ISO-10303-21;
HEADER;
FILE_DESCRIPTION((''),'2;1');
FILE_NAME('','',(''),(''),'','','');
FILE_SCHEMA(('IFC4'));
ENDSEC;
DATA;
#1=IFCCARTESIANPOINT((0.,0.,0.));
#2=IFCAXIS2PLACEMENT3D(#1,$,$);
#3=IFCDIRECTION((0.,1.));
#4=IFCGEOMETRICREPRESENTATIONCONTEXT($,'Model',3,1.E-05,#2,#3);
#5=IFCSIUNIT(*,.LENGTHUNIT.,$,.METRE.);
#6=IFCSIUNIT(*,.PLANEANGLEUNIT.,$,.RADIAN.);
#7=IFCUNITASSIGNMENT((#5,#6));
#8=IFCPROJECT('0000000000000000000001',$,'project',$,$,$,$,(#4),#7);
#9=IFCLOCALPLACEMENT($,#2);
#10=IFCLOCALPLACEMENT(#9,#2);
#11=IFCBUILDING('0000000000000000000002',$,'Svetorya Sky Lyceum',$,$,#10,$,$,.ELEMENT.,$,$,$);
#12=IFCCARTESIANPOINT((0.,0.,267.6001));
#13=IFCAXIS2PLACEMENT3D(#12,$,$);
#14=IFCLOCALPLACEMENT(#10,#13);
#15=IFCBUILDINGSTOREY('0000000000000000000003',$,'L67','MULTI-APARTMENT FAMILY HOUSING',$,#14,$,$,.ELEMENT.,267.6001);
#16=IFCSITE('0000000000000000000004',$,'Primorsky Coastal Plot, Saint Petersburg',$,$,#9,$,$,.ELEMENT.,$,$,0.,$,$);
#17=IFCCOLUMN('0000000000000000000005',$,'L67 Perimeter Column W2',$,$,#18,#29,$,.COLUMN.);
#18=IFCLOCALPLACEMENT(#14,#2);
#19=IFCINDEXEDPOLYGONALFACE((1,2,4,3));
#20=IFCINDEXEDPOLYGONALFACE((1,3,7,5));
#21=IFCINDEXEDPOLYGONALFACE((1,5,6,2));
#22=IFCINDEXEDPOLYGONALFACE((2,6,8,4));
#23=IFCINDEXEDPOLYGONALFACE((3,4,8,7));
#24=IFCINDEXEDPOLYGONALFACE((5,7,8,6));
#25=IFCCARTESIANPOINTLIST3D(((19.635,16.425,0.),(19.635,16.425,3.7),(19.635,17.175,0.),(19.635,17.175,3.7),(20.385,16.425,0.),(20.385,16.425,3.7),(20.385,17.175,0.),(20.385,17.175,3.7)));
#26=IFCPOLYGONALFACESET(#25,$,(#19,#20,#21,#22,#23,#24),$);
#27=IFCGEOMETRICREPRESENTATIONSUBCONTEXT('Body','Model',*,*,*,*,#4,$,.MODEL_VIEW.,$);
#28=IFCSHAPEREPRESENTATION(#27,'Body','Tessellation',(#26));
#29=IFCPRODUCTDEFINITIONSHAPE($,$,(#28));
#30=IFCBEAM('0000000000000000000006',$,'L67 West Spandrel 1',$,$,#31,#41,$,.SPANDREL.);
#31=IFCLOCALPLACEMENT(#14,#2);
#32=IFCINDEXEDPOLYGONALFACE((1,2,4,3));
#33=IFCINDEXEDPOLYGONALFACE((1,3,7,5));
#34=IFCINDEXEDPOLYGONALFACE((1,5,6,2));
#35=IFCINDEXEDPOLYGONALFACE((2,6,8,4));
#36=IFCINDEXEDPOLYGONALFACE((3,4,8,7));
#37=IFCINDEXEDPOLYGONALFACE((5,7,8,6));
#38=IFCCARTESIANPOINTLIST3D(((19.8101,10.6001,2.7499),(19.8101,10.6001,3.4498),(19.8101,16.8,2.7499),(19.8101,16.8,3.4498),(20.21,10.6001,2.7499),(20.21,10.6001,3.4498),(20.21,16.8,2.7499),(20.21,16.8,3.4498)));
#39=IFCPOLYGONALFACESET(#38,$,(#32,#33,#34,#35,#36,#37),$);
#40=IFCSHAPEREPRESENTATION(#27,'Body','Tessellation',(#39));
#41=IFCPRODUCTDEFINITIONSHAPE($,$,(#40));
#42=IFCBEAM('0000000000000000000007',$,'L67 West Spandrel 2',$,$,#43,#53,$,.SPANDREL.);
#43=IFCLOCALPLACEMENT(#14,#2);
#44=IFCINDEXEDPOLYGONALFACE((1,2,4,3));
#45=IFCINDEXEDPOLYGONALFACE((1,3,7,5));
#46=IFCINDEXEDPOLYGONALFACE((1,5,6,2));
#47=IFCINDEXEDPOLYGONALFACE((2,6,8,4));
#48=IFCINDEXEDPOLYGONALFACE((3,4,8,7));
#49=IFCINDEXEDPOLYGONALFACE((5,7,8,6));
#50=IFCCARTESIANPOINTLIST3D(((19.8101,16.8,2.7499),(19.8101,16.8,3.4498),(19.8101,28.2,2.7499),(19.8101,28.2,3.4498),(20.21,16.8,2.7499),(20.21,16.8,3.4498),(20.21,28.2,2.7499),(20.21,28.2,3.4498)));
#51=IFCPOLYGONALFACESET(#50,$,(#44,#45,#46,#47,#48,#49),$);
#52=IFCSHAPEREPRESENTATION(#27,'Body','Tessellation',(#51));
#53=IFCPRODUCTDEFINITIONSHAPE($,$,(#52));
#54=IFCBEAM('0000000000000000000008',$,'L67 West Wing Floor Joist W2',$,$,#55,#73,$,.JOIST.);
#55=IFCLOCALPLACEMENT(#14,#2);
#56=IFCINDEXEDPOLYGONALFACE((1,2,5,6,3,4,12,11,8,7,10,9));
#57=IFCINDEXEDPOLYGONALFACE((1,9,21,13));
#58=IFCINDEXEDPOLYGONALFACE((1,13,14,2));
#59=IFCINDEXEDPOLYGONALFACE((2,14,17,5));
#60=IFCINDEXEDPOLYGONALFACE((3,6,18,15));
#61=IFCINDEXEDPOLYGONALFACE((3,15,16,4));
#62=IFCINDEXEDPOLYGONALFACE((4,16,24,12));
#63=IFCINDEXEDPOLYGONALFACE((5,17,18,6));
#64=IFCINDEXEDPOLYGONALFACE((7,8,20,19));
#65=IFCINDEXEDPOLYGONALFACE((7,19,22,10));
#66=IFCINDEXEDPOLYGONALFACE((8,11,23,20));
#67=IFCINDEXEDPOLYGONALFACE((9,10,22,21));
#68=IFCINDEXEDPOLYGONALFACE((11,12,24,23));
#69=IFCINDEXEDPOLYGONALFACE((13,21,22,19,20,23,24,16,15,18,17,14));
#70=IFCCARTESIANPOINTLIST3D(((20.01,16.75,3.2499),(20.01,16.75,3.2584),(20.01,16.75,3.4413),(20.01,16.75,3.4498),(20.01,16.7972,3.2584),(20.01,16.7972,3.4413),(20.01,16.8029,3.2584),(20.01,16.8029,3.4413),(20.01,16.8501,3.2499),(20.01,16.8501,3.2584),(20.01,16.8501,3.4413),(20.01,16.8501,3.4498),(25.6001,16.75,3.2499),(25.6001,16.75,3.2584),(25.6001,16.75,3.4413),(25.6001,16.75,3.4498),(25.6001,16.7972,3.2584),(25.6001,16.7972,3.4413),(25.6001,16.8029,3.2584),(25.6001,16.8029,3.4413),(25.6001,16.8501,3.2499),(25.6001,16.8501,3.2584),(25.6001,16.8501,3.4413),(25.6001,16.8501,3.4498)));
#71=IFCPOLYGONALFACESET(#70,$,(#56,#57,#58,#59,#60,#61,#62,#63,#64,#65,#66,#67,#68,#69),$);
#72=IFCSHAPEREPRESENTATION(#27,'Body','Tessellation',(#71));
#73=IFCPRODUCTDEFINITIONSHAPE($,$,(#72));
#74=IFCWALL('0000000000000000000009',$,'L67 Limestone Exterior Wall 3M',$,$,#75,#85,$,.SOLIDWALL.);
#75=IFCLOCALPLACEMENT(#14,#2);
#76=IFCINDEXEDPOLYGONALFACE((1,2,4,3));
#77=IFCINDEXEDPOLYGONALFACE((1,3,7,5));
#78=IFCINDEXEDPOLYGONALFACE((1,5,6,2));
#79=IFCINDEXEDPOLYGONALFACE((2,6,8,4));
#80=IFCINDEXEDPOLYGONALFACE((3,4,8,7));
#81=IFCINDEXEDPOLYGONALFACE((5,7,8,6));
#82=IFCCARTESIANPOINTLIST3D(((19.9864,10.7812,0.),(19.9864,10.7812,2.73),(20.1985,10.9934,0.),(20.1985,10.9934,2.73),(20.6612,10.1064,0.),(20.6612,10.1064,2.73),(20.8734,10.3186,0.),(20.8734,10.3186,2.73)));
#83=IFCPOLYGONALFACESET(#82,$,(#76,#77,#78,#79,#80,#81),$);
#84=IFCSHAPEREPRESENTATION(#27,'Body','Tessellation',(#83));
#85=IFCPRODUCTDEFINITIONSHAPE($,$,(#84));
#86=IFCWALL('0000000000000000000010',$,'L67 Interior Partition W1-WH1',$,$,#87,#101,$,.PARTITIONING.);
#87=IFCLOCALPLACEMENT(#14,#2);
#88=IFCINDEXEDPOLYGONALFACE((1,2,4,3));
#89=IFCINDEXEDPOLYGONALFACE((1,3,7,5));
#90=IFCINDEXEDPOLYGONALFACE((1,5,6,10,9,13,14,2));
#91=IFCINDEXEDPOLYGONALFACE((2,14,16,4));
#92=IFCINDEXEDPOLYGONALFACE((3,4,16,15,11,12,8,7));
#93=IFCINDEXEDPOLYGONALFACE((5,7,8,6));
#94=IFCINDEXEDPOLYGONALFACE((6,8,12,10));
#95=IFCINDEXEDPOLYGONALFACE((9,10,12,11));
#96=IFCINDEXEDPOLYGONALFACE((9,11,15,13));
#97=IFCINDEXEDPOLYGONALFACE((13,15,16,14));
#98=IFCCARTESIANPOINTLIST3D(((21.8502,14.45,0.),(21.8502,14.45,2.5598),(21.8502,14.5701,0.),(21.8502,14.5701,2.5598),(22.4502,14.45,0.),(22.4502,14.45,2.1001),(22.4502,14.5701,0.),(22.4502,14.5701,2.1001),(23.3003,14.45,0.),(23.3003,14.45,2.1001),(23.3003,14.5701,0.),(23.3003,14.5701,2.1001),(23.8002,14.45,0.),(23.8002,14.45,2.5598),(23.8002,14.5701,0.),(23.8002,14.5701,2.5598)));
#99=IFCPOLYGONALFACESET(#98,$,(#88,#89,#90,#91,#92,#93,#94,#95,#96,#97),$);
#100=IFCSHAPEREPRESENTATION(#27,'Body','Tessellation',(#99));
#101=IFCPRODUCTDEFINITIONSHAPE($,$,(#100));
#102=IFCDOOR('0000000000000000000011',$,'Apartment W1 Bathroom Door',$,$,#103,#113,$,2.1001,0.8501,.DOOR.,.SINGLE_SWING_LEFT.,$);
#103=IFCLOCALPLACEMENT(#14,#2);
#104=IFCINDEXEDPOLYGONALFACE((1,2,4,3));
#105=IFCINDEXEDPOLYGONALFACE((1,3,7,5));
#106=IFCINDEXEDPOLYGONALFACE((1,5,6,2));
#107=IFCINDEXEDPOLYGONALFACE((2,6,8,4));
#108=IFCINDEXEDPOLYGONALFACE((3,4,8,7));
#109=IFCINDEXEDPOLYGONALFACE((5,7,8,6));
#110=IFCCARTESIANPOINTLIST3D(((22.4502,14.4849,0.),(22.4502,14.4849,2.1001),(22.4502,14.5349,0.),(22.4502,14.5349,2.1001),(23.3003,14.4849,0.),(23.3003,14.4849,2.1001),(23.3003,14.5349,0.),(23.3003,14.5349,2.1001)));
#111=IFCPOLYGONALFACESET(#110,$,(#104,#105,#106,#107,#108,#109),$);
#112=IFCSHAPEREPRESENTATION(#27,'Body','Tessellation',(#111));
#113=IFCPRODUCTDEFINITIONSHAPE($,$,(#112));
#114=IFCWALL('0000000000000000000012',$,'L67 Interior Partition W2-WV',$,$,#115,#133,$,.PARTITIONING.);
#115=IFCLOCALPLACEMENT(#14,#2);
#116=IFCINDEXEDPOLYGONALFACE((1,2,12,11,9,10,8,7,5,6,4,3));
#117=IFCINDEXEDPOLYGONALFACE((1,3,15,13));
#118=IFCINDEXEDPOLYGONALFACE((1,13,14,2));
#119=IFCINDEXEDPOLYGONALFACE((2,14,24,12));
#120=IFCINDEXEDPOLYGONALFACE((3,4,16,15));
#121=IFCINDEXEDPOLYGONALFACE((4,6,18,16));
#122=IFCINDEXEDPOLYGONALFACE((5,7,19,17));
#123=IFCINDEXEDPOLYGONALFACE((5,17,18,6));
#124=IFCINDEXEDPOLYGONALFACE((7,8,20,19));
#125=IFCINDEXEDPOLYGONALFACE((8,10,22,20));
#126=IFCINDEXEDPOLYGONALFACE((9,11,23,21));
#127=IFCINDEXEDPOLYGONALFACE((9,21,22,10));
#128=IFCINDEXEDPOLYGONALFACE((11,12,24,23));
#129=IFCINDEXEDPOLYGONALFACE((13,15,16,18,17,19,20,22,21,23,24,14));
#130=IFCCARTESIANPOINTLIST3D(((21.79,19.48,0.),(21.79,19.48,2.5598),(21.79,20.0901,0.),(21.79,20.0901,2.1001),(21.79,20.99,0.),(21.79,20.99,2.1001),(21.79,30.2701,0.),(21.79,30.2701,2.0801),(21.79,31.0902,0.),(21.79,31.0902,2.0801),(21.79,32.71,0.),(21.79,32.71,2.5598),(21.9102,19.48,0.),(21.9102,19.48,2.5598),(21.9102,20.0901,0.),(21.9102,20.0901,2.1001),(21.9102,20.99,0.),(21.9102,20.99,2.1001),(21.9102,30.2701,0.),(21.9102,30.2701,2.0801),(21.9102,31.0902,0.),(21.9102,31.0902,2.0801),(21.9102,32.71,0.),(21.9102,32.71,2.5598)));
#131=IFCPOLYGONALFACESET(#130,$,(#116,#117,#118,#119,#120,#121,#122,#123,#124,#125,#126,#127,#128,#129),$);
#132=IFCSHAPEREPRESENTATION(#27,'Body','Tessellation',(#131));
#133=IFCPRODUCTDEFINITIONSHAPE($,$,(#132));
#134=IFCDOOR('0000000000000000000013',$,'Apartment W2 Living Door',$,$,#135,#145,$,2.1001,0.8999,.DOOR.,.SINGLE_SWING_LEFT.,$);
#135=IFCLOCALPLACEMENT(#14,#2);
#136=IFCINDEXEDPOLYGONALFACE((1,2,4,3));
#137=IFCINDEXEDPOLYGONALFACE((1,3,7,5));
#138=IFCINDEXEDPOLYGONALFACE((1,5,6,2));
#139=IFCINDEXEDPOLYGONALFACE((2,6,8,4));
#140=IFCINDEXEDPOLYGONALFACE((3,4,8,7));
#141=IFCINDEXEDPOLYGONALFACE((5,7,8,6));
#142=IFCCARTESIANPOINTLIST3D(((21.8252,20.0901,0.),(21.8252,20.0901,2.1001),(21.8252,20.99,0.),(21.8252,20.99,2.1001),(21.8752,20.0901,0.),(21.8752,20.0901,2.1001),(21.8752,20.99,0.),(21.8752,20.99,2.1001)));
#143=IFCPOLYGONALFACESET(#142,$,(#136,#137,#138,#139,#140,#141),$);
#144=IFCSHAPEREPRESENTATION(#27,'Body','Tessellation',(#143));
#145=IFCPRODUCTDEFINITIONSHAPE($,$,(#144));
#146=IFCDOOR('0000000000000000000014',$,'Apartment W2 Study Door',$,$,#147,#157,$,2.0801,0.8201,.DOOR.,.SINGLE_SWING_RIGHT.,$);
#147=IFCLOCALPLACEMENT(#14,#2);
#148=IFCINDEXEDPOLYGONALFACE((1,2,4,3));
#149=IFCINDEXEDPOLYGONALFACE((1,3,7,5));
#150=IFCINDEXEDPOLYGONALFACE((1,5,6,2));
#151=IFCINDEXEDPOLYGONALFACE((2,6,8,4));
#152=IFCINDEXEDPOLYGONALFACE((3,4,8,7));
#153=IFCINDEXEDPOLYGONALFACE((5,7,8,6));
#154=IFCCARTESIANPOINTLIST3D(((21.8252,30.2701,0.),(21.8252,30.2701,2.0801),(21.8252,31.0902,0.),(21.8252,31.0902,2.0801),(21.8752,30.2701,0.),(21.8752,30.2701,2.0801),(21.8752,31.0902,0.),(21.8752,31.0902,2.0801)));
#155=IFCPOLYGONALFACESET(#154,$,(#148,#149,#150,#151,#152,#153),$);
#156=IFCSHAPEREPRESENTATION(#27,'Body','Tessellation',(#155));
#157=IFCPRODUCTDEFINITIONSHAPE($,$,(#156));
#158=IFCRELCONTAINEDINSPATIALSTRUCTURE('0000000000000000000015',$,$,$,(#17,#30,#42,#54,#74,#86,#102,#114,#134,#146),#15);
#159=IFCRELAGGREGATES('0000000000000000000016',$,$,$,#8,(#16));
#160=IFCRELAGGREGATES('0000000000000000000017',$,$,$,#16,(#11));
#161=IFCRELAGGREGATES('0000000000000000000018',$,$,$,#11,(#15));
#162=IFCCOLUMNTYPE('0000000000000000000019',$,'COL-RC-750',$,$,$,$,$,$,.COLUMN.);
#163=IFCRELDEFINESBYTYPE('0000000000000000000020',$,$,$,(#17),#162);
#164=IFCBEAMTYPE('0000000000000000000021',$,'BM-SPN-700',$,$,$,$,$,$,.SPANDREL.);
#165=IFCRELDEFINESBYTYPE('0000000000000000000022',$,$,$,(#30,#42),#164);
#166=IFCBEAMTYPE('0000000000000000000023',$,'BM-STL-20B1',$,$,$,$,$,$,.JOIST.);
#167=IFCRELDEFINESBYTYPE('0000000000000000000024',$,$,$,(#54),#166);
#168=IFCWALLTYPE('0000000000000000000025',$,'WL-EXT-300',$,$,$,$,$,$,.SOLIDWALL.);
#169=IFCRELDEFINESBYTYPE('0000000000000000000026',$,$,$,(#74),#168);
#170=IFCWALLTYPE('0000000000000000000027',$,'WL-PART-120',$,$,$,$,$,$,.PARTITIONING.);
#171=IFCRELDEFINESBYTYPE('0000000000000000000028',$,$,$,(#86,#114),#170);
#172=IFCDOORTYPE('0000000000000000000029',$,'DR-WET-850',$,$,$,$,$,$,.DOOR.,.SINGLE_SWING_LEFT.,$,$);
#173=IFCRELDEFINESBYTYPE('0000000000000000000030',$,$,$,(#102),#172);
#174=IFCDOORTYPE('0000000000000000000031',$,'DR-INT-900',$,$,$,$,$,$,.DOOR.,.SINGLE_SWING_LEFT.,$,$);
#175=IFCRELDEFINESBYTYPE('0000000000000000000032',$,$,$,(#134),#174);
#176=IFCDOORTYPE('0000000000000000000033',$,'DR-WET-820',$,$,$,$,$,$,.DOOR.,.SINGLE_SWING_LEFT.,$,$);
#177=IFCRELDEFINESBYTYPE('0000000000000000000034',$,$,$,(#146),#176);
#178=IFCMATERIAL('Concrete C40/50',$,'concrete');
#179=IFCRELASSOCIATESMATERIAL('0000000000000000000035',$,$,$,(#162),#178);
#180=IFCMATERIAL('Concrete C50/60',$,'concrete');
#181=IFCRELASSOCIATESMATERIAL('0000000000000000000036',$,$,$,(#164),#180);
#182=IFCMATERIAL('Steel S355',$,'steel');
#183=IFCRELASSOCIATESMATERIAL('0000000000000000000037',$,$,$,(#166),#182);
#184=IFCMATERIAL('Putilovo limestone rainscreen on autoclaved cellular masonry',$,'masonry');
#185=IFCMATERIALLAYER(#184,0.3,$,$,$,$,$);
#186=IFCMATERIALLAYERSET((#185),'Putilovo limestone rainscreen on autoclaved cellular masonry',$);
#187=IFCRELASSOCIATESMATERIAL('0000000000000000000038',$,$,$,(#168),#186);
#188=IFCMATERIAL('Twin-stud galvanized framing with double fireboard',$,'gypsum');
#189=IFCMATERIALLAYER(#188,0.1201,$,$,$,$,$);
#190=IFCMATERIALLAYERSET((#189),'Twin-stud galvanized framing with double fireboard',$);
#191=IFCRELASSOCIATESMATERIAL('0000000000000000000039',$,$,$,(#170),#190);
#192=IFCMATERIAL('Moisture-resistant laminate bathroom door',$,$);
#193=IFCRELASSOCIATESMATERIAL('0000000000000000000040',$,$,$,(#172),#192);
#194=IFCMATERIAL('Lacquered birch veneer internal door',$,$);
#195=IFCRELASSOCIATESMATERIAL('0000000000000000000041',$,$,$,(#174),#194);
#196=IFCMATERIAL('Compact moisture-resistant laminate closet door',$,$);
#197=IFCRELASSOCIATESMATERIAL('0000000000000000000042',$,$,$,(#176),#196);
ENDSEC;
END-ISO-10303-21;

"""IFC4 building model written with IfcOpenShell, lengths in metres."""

from ifc_helpers import new_model, si_unit, direction, frame, frame_2d, origin, origin_2d, place, context, subcontext, project, spatial, rectangle, i_section, extrude, material, layer, layer_set, material_profile, profile_set, type_object, element, fill, save


model = new_model("IFC4")

# Units and contexts
model_context = context("Model", 3, precision=1e-05, world=origin(), true_north=direction((0.0, 1.0)))
body_context = subcontext(model_context, "Body", "Model", "MODEL_VIEW")
ifc_project = project(units=[si_unit("LENGTHUNIT", "METRE"), si_unit("PLANEANGLEUNIT", "RADIAN")], contexts=[model_context])

# Site, building, storey
site_placement = place(None, origin())
site = spatial("IfcSite", under=ifc_project, at=site_placement, Name="Primorsky Coastal Plot, Saint Petersburg", CompositionType="ELEMENT", RefElevation=0.0)
building_placement = place(site_placement, origin())
building = spatial("IfcBuilding", under=site, at=building_placement, Name="Svetorya Sky Lyceum", CompositionType="ELEMENT")
storey_placement = place(building_placement, frame((0.0, 0.0, 267.6001)))
storey = spatial("IfcBuildingStorey", under=building, at=storey_placement, Name="L67", Description="MULTI-APARTMENT FAMILY HOUSING", CompositionType="ELEMENT", Elevation=267.6001)

# Column
ifc_material_1 = material(Name="Concrete C40/50", Category="concrete")
ifc_material_profile_1 = material_profile(ifc_material_1, rectangle(XDim=0.75, YDim=0.75, at=origin_2d()), Name="RC COL 750x750")
ifc_profile_set_1 = profile_set([ifc_material_profile_1], Name="Concrete C40/50")
column_type = type_object("IfcColumnType", Name="COL-RC-750", PredefinedType="COLUMN", material=ifc_profile_set_1)
column_placement = place(storey_placement, frame((20.01, 16.8, 0.0), z_axis=(0.0, 0.0, 1.0), x_axis=(1.0, 0.0, 0.0)))
element("IfcColumn", 1, at=column_placement, inside=storey, type_object=column_type, Name="L67 Perimeter Column W2", PredefinedType="COLUMN", context=body_context, shape_type="SweptSolid", body=[
    extrude(rectangle(XDim=0.75, YDim=0.75, at=origin_2d()), origin(), (0.0, 0.0, 1.0), 3.7),
])

# Beams
ifc_material_2 = material(Name="Concrete C50/60", Category="concrete")
ifc_material_profile_2 = material_profile(ifc_material_2, rectangle(XDim=0.3999, YDim=0.7, at=origin_2d()), Name="RC SPANDREL 400x700")
ifc_profile_set_2 = profile_set([ifc_material_profile_2], Name="Concrete C50/60")
beam_type_1 = type_object("IfcBeamType", Name="BM-SPN-700", PredefinedType="SPANDREL", material=ifc_profile_set_2)
beam_1_placement = place(storey_placement, frame((20.01, 10.6001, 3.0999), z_axis=(0.0, 1.0, 0.0), x_axis=(-1.0, 0.0, 0.0)))
element("IfcBeam", 2, at=beam_1_placement, inside=storey, type_object=beam_type_1, Name="L67 West Spandrel 1", PredefinedType="SPANDREL", context=body_context, shape_type="SweptSolid", body=[
    extrude(rectangle(XDim=0.3999, YDim=0.7, at=origin_2d()), origin(), (0.0, 0.0, 1.0), 6.2),
])
beam_2_placement = place(storey_placement, frame((20.01, 16.8, 3.0999), z_axis=(0.0, 1.0, 0.0), x_axis=(-1.0, 0.0, 0.0)))
element("IfcBeam", 3, at=beam_2_placement, inside=storey, type_object=beam_type_1, Name="L67 West Spandrel 2", PredefinedType="SPANDREL", context=body_context, shape_type="SweptSolid", body=[
    extrude(rectangle(XDim=0.3999, YDim=0.7, at=origin_2d()), origin(), (0.0, 0.0, 1.0), 11.3999),
])
ifc_material_3 = material(Name="Steel S355", Category="steel")
ifc_material_profile_3 = material_profile(ifc_material_3, i_section(OverallWidth=0.1001, OverallDepth=0.2, WebThickness=0.0056, FlangeThickness=0.0085, at=origin_2d()), Name="GOST 20B1")
ifc_profile_set_3 = profile_set([ifc_material_profile_3], Name="Steel S355")
beam_type_2 = type_object("IfcBeamType", Name="BM-STL-20B1", PredefinedType="JOIST", material=ifc_profile_set_3)
beam_3_placement = place(storey_placement, frame((20.01, 16.8, 3.3499), z_axis=(1.0, 0.0, 0.0), x_axis=(0.0, 1.0, 0.0)))
element("IfcBeam", 4, at=beam_3_placement, inside=storey, type_object=beam_type_2, Name="L67 West Wing Floor Joist W2", PredefinedType="JOIST", context=body_context, shape_type="SweptSolid", body=[
    extrude(i_section(OverallWidth=0.1001, OverallDepth=0.2, WebThickness=0.0056, FlangeThickness=0.0085, at=origin_2d()), origin(), (0.0, 0.0, 1.0), 5.5901),
])

# Wall
ifc_material_4 = material(Name="Putilovo limestone rainscreen on autoclaved cellular masonry", Category="masonry")
ifc_layer_1 = layer(ifc_material_4, 0.3)
ifc_layer_set_1 = layer_set([ifc_layer_1], Name="Putilovo limestone rainscreen on autoclaved cellular masonry")
wall_type_1 = type_object("IfcWallType", Name="WL-EXT-300", PredefinedType="SOLIDWALL", material=ifc_layer_set_1)
wall_1_placement = place(storey_placement, frame((20.0925, 10.8872, 0.0), z_axis=(0.0, 0.0, 1.0), x_axis=(0.707107, -0.707107, 0.0)))
element("IfcWall", 5, at=wall_1_placement, inside=storey, type_object=wall_type_1, Name="L67 Limestone Exterior Wall 3M", PredefinedType="SOLIDWALL", context=body_context, shape_type="SweptSolid", body=[
    extrude(rectangle(XDim=0.9543, YDim=0.3, at=frame_2d((0.4771, 0.0))), origin(), (0.0, 0.0, 1.0), 2.73),
])

# Wall, opening, door
ifc_material_5 = material(Name="Twin-stud galvanized framing with double fireboard", Category="gypsum")
ifc_layer_2 = layer(ifc_material_5, 0.1201)
ifc_layer_set_2 = layer_set([ifc_layer_2], Name="Twin-stud galvanized framing with double fireboard")
wall_type_2 = type_object("IfcWallType", Name="WL-PART-120", PredefinedType="PARTITIONING", material=ifc_layer_set_2)
wall_2_placement = place(storey_placement, frame((21.8501, 14.51, 0.0), z_axis=(0.0, 0.0, 1.0), x_axis=(1.0, 0.0, 0.0)))
wall_2 = element("IfcWall", 6, at=wall_2_placement, inside=storey, type_object=wall_type_2, Name="L67 Interior Partition W1-WH1", PredefinedType="PARTITIONING", context=body_context, shape_type="SweptSolid", body=[
    extrude(rectangle(XDim=1.95, YDim=0.1201, at=frame_2d((0.9751, 0.0))), origin(), (0.0, 0.0, 1.0), 2.5598),
])
opening_1_placement = place(wall_2_placement, frame((0.6001, 0.0, 0.0)))
opening_1 = element("IfcOpeningElement", 7, at=opening_1_placement, cuts=wall_2, PredefinedType="OPENING", context=body_context, shape_type="SweptSolid", body=[
    extrude(rectangle(XDim=0.8501, YDim=2.1001, at=frame_2d((0.425, 1.05))), frame((0.0, 0.0701, 0.0), z_axis=(0.0, -1.0, 0.0), x_axis=(1.0, 0.0, 0.0)), (0.0, 0.0, 1.0), 0.1401),
])
ifc_material_6 = material(Name="Moisture-resistant laminate bathroom door")
door_type_1 = type_object("IfcDoorType", Name="DR-WET-850", OperationType="SINGLE_SWING_LEFT", PredefinedType="DOOR", material=ifc_material_6)
door_1_placement = place(opening_1_placement, origin())
door_1 = element("IfcDoor", 8, at=door_1_placement, inside=storey, type_object=door_type_1, Name="Apartment W1 Bathroom Door", OperationType="SINGLE_SWING_LEFT", OverallHeight=2.1001, OverallWidth=0.8501, PredefinedType="DOOR", context=body_context, shape_type="SweptSolid", body=[
    extrude(rectangle(XDim=0.8501, YDim=2.1001, at=frame_2d((0.425, 1.05))), frame((0.0, 0.0249, 0.0), z_axis=(0.0, -1.0, 0.0), x_axis=(1.0, 0.0, 0.0)), (0.0, 0.0, 1.0), 0.05),
])
fill(opening_1, door_1)

# Wall, openings, doors
wall_3_placement = place(storey_placement, frame((21.8501, 19.48, 0.0), z_axis=(0.0, 0.0, 1.0), x_axis=(0.0, 1.0, 0.0)))
wall_3 = element("IfcWall", 9, at=wall_3_placement, inside=storey, type_object=wall_type_2, Name="L67 Interior Partition W2-WV", PredefinedType="PARTITIONING", context=body_context, shape_type="SweptSolid", body=[
    extrude(rectangle(XDim=13.23, YDim=0.1201, at=frame_2d((6.615, 0.0))), origin(), (0.0, 0.0, 1.0), 2.5598),
])
opening_2_placement = place(wall_3_placement, frame((0.6101, 0.0, 0.0)))
opening_2 = element("IfcOpeningElement", 10, at=opening_2_placement, cuts=wall_3, PredefinedType="OPENING", context=body_context, shape_type="SweptSolid", body=[
    extrude(rectangle(XDim=0.8999, YDim=2.1001, at=frame_2d((0.45, 1.05))), frame((0.0, 0.0701, 0.0), z_axis=(0.0, -1.0, 0.0), x_axis=(1.0, 0.0, 0.0)), (0.0, 0.0, 1.0), 0.1401),
])
opening_3_placement = place(wall_3_placement, frame((10.79, 0.0, 0.0)))
opening_3 = element("IfcOpeningElement", 11, at=opening_3_placement, cuts=wall_3, PredefinedType="OPENING", context=body_context, shape_type="SweptSolid", body=[
    extrude(rectangle(XDim=0.8201, YDim=2.0801, at=frame_2d((0.4102, 1.04))), frame((0.0, 0.0701, 0.0), z_axis=(0.0, -1.0, 0.0), x_axis=(1.0, 0.0, 0.0)), (0.0, 0.0, 1.0), 0.1401),
])
ifc_material_7 = material(Name="Lacquered birch veneer internal door")
door_type_2 = type_object("IfcDoorType", Name="DR-INT-900", OperationType="SINGLE_SWING_LEFT", PredefinedType="DOOR", material=ifc_material_7)
door_2_placement = place(opening_2_placement, origin())
door_2 = element("IfcDoor", 12, at=door_2_placement, inside=storey, type_object=door_type_2, Name="Apartment W2 Living Door", OperationType="SINGLE_SWING_LEFT", OverallHeight=2.1001, OverallWidth=0.8999, PredefinedType="DOOR", context=body_context, shape_type="SweptSolid", body=[
    extrude(rectangle(XDim=0.8999, YDim=2.1001, at=frame_2d((0.45, 1.05))), frame((0.0, 0.0249, 0.0), z_axis=(0.0, -1.0, 0.0), x_axis=(1.0, 0.0, 0.0)), (0.0, 0.0, 1.0), 0.05),
])
fill(opening_2, door_2)
ifc_material_8 = material(Name="Compact moisture-resistant laminate closet door")
door_type_3 = type_object("IfcDoorType", Name="DR-WET-820", OperationType="SINGLE_SWING_LEFT", PredefinedType="DOOR", material=ifc_material_8)
door_3_placement = place(opening_3_placement, origin())
door_3 = element("IfcDoor", 13, at=door_3_placement, inside=storey, type_object=door_type_3, Name="Apartment W2 Study Door", OperationType="SINGLE_SWING_RIGHT", OverallHeight=2.0801, OverallWidth=0.8201, PredefinedType="DOOR", context=body_context, shape_type="SweptSolid", body=[
    extrude(rectangle(XDim=0.8201, YDim=2.0801, at=frame_2d((0.4102, 1.04))), frame((0.0, 0.0249, 0.0), z_axis=(0.0, -1.0, 0.0), x_axis=(1.0, 0.0, 0.0)), (0.0, 0.0, 1.0), 0.05),
])
fill(opening_3, door_3)

save(model, "model.ifc")
